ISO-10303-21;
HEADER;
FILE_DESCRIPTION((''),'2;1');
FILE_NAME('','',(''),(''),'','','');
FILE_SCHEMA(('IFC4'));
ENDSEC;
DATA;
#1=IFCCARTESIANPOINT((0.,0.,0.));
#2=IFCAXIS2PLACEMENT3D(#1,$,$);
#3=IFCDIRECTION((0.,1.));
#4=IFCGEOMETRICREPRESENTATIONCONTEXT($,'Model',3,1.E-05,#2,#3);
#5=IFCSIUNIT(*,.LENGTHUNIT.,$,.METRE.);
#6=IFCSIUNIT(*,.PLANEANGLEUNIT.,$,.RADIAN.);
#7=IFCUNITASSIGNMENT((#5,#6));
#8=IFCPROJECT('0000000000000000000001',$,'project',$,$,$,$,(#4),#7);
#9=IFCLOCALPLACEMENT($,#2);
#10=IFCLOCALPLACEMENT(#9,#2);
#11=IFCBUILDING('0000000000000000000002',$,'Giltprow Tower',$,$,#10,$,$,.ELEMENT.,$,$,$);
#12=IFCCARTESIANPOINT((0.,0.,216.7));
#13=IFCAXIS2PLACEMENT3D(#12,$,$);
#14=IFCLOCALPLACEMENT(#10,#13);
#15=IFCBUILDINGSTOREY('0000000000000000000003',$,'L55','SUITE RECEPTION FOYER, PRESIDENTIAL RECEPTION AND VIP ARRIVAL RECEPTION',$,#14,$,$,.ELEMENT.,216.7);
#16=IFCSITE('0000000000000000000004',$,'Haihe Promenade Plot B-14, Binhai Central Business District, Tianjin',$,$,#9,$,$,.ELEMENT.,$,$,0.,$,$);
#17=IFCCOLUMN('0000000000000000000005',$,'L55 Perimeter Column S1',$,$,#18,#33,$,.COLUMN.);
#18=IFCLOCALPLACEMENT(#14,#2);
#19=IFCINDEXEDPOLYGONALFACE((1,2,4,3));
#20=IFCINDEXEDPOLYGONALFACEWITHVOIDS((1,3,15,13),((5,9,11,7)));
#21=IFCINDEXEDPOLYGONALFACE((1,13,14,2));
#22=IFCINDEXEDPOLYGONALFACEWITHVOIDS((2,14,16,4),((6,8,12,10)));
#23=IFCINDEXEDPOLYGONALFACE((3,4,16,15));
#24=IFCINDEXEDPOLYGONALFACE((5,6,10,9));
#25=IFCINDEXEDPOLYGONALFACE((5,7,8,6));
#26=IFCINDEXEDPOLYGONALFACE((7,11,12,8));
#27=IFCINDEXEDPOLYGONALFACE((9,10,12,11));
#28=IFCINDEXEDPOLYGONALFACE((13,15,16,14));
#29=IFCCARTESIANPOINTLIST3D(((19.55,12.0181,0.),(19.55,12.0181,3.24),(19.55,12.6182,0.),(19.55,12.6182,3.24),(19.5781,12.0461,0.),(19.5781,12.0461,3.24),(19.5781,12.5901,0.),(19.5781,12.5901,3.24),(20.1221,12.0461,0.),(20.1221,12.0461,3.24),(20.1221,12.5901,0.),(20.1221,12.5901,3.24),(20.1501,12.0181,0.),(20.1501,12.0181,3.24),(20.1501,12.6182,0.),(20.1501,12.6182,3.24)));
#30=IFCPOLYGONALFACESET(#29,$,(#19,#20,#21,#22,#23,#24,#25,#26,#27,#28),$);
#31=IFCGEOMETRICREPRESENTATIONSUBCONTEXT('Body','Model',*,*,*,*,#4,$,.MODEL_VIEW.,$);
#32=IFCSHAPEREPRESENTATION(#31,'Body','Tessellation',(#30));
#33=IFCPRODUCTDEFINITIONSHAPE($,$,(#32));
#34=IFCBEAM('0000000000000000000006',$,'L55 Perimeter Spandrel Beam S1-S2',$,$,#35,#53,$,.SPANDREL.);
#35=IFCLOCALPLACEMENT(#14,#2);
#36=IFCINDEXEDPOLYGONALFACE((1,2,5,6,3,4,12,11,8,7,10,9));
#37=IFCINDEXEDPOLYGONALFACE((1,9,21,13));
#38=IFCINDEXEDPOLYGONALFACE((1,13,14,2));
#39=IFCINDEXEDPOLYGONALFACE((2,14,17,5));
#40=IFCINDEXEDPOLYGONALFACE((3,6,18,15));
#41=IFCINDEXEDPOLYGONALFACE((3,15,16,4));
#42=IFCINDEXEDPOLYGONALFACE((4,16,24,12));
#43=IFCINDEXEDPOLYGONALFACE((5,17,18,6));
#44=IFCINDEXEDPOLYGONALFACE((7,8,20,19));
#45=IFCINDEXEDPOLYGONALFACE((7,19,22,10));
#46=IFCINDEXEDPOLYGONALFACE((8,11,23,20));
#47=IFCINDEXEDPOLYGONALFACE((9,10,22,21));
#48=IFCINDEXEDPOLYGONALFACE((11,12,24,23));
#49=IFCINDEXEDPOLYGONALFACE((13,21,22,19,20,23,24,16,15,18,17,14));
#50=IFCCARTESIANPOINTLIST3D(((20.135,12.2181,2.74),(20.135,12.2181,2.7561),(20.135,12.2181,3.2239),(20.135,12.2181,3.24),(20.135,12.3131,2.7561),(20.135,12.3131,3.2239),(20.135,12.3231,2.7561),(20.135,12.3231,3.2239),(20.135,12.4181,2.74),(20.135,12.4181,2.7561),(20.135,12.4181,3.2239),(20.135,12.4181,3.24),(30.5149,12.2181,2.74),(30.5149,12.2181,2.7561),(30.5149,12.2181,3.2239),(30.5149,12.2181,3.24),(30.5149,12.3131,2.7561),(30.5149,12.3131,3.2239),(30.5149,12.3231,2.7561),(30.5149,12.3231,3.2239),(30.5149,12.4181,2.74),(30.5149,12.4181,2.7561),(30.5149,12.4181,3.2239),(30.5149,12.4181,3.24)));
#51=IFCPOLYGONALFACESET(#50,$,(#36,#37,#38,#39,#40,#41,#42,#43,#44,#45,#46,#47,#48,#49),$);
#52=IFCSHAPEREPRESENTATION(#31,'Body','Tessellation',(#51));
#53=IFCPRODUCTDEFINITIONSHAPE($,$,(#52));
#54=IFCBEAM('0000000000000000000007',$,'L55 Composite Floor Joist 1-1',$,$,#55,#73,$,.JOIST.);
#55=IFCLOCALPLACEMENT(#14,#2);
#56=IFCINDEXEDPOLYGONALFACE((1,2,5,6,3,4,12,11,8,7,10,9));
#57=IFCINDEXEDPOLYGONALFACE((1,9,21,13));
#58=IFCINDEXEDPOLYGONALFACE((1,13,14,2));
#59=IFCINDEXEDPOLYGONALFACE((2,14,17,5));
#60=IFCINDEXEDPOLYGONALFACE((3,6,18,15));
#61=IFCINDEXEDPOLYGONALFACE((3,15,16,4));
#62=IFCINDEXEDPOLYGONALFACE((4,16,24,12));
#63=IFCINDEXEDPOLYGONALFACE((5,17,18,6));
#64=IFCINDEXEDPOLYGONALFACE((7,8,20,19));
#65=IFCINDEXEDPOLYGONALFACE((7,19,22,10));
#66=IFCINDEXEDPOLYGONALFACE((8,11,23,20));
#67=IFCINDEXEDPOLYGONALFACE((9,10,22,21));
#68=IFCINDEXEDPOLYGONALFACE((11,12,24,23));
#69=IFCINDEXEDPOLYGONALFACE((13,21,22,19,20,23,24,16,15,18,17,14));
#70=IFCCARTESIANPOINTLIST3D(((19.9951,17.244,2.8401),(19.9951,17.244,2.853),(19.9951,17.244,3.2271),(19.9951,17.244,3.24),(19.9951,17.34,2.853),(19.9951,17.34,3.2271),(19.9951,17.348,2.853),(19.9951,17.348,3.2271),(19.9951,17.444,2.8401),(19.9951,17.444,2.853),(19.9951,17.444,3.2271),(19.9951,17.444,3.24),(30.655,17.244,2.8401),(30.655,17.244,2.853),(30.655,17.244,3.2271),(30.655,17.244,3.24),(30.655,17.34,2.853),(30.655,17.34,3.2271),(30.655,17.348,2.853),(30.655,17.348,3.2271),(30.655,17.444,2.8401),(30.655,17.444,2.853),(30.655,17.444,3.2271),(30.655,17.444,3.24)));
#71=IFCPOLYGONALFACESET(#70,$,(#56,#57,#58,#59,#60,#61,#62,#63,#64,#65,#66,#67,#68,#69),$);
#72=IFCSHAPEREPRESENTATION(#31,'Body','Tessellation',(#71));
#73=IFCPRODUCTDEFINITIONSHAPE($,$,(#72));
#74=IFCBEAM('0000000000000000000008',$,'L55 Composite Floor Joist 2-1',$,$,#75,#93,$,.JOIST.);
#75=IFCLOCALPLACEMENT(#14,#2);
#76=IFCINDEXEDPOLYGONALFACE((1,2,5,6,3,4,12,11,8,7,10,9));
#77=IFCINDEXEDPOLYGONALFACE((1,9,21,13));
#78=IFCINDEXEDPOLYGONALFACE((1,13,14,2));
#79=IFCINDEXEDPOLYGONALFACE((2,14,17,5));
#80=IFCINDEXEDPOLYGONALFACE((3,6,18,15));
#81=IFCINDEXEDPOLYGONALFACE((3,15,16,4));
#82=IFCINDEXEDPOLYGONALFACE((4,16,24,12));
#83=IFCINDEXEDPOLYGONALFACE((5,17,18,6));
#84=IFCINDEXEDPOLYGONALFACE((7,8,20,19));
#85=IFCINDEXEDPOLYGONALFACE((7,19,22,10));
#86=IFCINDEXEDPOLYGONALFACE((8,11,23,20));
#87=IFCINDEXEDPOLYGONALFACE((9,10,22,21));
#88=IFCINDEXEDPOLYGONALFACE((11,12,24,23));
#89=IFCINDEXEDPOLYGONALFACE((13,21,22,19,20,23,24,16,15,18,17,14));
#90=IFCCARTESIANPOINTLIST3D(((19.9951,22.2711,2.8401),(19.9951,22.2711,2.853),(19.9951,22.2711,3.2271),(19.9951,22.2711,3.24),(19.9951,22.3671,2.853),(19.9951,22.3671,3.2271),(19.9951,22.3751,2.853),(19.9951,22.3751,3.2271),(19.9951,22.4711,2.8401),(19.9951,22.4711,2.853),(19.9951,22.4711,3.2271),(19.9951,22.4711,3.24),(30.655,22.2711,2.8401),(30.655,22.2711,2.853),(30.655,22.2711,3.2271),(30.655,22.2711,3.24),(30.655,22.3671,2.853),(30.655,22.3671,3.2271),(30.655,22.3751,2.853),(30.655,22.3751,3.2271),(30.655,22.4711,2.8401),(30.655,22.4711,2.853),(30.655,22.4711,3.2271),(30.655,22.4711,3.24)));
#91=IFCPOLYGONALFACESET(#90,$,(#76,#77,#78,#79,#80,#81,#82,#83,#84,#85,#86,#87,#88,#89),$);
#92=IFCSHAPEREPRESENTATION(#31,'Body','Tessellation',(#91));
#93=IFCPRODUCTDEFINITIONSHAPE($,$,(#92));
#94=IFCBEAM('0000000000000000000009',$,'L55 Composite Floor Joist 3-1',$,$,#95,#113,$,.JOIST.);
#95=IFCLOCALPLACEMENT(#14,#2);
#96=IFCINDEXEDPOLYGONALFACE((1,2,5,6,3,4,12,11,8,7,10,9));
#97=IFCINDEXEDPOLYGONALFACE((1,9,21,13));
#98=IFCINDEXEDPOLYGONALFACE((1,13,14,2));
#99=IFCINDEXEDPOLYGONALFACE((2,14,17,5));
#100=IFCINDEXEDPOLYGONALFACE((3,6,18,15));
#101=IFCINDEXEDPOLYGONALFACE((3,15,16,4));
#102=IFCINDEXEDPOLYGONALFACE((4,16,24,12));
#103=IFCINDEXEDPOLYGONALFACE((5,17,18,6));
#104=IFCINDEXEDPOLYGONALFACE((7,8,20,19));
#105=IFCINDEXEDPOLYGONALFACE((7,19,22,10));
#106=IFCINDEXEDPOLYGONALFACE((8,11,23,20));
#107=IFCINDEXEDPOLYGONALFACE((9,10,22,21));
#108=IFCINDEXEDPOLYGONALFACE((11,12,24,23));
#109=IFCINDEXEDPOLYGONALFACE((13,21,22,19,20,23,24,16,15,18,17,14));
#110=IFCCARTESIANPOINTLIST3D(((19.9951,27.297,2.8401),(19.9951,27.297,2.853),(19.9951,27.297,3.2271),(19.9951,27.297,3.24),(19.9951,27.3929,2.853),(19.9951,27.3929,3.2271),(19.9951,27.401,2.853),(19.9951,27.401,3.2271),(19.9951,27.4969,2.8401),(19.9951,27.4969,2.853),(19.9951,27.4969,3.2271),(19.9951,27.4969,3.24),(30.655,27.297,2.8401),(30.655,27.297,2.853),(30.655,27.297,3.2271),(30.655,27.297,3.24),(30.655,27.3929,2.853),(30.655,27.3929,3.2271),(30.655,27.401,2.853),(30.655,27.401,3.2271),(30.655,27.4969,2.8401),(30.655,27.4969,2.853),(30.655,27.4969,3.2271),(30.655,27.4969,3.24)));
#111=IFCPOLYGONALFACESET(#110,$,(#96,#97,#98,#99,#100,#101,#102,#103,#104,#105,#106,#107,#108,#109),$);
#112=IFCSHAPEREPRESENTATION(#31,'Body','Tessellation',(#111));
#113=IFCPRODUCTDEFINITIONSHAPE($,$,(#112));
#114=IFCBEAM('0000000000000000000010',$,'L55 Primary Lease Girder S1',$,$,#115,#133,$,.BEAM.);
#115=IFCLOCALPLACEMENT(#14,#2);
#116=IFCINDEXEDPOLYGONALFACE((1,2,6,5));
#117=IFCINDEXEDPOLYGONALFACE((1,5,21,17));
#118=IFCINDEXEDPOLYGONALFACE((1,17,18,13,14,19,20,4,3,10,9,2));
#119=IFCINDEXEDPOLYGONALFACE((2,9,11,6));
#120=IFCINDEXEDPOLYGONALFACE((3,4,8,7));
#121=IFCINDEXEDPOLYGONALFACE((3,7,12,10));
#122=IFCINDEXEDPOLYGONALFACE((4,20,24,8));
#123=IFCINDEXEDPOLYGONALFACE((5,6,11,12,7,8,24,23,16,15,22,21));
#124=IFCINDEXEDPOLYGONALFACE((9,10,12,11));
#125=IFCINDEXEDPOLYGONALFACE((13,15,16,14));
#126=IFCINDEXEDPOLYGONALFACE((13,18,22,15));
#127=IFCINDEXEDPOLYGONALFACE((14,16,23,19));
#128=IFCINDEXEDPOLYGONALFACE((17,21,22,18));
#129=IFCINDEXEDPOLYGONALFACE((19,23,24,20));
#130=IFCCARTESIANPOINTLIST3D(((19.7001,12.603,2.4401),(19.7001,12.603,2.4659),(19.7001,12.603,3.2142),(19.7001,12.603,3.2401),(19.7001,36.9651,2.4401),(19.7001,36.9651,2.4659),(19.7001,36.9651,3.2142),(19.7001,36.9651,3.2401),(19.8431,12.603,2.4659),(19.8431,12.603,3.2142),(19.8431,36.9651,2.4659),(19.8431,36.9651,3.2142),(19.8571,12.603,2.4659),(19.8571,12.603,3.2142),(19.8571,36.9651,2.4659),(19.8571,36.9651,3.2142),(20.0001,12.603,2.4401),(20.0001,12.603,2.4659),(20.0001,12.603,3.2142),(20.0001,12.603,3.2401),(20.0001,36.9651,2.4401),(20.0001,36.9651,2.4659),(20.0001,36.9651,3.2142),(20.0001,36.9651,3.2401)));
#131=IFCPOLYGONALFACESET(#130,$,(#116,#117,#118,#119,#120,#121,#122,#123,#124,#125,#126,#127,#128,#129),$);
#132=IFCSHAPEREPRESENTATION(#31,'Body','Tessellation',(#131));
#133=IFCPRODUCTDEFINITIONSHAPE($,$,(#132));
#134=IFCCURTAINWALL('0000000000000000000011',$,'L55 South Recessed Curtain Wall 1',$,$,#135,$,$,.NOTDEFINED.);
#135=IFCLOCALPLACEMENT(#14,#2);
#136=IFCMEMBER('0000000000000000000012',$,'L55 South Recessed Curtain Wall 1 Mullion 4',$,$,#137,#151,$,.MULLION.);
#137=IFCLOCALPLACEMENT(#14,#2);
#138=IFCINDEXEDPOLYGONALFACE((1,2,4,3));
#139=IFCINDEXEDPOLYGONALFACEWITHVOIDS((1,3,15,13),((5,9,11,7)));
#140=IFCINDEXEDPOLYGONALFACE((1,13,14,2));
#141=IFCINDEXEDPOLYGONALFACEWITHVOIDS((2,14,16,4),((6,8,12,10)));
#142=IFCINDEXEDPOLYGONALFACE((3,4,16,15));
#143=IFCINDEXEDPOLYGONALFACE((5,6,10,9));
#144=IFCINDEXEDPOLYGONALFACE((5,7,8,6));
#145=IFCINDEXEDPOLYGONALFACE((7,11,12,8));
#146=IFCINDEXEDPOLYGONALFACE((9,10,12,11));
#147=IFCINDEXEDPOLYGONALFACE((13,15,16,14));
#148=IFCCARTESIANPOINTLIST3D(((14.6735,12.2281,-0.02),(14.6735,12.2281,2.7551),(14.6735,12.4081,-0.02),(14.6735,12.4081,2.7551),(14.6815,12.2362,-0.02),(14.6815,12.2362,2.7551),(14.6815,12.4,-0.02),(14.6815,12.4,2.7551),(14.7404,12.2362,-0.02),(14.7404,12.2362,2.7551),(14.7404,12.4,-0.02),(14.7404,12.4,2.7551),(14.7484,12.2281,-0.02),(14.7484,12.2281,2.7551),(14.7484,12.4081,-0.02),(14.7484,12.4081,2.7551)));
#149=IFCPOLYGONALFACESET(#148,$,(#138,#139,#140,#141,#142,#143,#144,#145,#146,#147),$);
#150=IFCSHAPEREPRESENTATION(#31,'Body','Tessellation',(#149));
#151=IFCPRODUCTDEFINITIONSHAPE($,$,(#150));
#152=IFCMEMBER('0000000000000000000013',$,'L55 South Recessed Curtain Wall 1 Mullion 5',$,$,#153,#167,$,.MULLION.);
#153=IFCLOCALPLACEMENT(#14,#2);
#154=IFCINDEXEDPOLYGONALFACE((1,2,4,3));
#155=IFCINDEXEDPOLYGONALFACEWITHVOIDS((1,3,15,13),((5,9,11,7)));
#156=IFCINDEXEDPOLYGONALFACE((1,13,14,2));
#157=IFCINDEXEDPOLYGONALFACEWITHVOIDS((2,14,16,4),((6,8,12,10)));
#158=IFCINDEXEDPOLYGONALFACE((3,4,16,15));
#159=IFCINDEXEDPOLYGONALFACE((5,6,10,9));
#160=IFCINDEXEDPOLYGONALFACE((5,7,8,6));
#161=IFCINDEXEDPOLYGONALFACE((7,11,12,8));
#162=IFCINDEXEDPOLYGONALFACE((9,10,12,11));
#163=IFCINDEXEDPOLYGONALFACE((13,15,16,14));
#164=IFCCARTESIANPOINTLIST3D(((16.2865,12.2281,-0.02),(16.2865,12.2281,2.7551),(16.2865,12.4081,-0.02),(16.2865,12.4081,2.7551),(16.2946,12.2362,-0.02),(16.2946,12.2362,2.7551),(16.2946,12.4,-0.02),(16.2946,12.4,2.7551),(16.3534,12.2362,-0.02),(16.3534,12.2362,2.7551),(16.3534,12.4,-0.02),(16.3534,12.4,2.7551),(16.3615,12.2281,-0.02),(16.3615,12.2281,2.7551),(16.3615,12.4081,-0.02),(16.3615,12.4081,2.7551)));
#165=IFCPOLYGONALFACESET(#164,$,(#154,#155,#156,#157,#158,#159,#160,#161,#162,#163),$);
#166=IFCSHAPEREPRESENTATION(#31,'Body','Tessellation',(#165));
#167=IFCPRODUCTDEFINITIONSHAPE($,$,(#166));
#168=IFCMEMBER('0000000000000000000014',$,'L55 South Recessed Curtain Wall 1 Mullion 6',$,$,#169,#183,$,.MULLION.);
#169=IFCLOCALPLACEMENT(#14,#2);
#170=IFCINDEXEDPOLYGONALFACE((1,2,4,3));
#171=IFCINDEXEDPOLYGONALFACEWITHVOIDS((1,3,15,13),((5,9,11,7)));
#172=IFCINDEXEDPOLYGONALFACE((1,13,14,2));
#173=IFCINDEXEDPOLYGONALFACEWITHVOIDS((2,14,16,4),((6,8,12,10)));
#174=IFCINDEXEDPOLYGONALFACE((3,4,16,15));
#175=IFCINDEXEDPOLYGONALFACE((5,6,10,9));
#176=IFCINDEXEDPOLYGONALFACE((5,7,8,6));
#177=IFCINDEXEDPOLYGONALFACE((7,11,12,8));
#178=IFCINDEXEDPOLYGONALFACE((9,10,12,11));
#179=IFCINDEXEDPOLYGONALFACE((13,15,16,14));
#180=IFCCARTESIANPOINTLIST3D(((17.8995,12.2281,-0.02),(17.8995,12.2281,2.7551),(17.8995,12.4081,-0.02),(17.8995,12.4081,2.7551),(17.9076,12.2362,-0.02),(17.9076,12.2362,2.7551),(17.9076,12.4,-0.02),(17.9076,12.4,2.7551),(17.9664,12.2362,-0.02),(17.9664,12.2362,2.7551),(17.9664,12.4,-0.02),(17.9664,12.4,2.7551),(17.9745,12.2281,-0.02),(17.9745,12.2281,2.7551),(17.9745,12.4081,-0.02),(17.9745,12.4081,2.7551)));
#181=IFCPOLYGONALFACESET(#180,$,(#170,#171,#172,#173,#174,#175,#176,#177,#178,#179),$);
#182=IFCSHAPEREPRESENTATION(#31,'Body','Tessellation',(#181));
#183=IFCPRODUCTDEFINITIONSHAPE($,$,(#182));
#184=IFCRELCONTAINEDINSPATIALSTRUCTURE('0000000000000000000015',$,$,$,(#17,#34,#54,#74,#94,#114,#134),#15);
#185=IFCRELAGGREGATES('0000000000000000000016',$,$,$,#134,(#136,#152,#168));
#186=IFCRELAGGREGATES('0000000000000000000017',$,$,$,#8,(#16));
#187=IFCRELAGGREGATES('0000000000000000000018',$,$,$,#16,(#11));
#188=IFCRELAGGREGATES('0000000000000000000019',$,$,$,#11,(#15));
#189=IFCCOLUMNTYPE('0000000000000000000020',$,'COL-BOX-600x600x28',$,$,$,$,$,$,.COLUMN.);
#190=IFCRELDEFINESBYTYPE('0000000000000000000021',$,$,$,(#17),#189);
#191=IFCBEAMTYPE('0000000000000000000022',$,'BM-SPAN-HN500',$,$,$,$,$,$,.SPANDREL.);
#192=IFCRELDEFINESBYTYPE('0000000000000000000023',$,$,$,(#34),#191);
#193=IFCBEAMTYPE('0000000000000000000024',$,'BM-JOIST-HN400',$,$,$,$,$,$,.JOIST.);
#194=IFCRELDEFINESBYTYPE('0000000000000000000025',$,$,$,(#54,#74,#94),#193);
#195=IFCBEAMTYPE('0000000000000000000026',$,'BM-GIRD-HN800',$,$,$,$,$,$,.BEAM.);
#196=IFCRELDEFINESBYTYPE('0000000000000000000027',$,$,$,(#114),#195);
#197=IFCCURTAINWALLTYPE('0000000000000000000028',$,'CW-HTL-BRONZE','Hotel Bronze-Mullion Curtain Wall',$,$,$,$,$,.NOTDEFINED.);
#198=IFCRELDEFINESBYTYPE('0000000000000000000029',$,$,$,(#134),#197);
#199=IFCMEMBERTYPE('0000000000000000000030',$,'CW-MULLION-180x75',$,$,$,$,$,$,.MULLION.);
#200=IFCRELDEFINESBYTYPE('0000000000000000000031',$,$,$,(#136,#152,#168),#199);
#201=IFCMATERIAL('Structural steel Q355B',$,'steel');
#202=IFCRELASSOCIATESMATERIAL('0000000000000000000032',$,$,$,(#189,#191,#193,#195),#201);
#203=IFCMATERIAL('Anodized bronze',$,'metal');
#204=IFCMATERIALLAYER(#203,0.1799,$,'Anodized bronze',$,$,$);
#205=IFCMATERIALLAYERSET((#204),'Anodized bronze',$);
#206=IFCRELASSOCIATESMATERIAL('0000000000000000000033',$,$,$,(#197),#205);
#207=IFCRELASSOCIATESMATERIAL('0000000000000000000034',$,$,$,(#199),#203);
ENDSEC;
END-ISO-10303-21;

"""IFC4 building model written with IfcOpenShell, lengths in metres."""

from ifc_helpers import new_model, si_unit, direction, frame, origin, origin_2d, place, context, subcontext, project, spatial, hollow_rectangle, i_section, extrude, source, transform, mapped, material, layer, layer_set, material_profile, profile_set, type_object, element, aggregate, save


model = new_model("IFC4")

# Units and contexts
model_context = context("Model", 3, precision=1e-05, world=origin(), true_north=direction((0.0, 1.0)))
body_context = subcontext(model_context, "Body", "Model", "MODEL_VIEW")
ifc_project = project(units=[si_unit("LENGTHUNIT", "METRE"), si_unit("PLANEANGLEUNIT", "RADIAN")], contexts=[model_context])

# Site, building, storey
site_placement = place(None, origin())
site = spatial("IfcSite", under=ifc_project, at=site_placement, Name="Haihe Promenade Plot B-14, Binhai Central Business District, Tianjin", CompositionType="ELEMENT", RefElevation=0.0)
building_placement = place(site_placement, origin())
building = spatial("IfcBuilding", under=site, at=building_placement, Name="Giltprow Tower", CompositionType="ELEMENT")
storey_placement = place(building_placement, frame((0.0, 0.0, 216.7)))
storey = spatial("IfcBuildingStorey", under=building, at=storey_placement, Name="L55", Description="SUITE RECEPTION FOYER, PRESIDENTIAL RECEPTION AND VIP ARRIVAL RECEPTION", CompositionType="ELEMENT", Elevation=216.7)

# Column
ifc_material_1 = material(Name="Structural steel Q355B", Category="steel")
ifc_material_profile_1 = material_profile(ifc_material_1, hollow_rectangle(XDim=0.6001, YDim=0.6001, WallThickness=0.0281, at=origin_2d()), Name="BOX 600x600x28")
ifc_profile_set_1 = profile_set([ifc_material_profile_1], Name="Structural steel Q355B")
column_type = type_object("IfcColumnType", Name="COL-BOX-600x600x28", PredefinedType="COLUMN", material=ifc_profile_set_1)
shared_shape_1 = source(origin(), body_context, "Body", "SweptSolid", [
    extrude(hollow_rectangle(XDim=0.6001, YDim=0.6001, WallThickness=0.0281, at=origin_2d()), origin(), (0.0, 0.0, 1.0), 3.24),
])
column_placement = place(storey_placement, frame((19.8501, 12.3181, 0.0), z_axis=(0.0, 0.0, 1.0), x_axis=(1.0, 0.0, 0.0)))
element("IfcColumn", 1, at=column_placement, inside=storey, type_object=column_type, Name="L55 Perimeter Column S1", PredefinedType="COLUMN", context=body_context, shape_type="MappedRepresentation", body=[
    mapped(shared_shape_1, transform((0.0, 0.0, 0.0), x_axis=(1.0, 0.0, 0.0), y_axis=(0.0, 1.0, 0.0), z_axis=(0.0, 0.0, 1.0), scale=1.0)),
])

# Beams
ifc_material_profile_2 = material_profile(ifc_material_1, i_section(OverallWidth=0.2, OverallDepth=0.5, WebThickness=0.01, FlangeThickness=0.0161, at=origin_2d()), Name="HN 500x200x10x16")
ifc_profile_set_2 = profile_set([ifc_material_profile_2], Name="Structural steel Q355B")
beam_type_1 = type_object("IfcBeamType", Name="BM-SPAN-HN500", PredefinedType="SPANDREL", material=ifc_profile_set_2)
shared_shape_2 = source(origin(), body_context, "Body", "SweptSolid", [
    extrude(i_section(OverallWidth=0.2, OverallDepth=0.5, WebThickness=0.01, FlangeThickness=0.0161, at=origin_2d()), origin(), (0.0, 0.0, 1.0), 10.3799),
])
beam_1_placement = place(storey_placement, frame((20.135, 12.3181, 2.99), z_axis=(1.0, 0.0, 0.0), x_axis=(0.0, 1.0, 0.0)))
element("IfcBeam", 2, at=beam_1_placement, inside=storey, type_object=beam_type_1, Name="L55 Perimeter Spandrel Beam S1-S2", PredefinedType="SPANDREL", context=body_context, shape_type="MappedRepresentation", body=[
    mapped(shared_shape_2, transform((0.0, 0.0, 0.0), x_axis=(1.0, 0.0, 0.0), y_axis=(0.0, 1.0, 0.0), z_axis=(0.0, 0.0, 1.0), scale=1.0)),
])
ifc_material_profile_3 = material_profile(ifc_material_1, i_section(OverallWidth=0.2, OverallDepth=0.3999, WebThickness=0.0081, FlangeThickness=0.0129, at=origin_2d()), Name="HN 400x200x8x13")
ifc_profile_set_3 = profile_set([ifc_material_profile_3], Name="Structural steel Q355B")
beam_type_2 = type_object("IfcBeamType", Name="BM-JOIST-HN400", PredefinedType="JOIST", material=ifc_profile_set_3)
shared_shape_3 = source(origin(), body_context, "Body", "SweptSolid", [
    extrude(i_section(OverallWidth=0.2, OverallDepth=0.3999, WebThickness=0.0081, FlangeThickness=0.0129, at=origin_2d()), origin(), (0.0, 0.0, 1.0), 10.6599),
])
for number, where, z_axis, x_axis, name in (
    (3, (19.9951, 17.344, 3.04), (1.0, 0.0, 0.0), (0.0, 1.0, 0.0), "L55 Composite Floor Joist 1-1"),
    (4, (19.9951, 22.3711, 3.04), (1.0, 0.0, 0.0), (0.0, 1.0, 0.0), "L55 Composite Floor Joist 2-1"),
    (5, (19.9951, 27.397, 3.04), (1.0, 0.0, 0.0), (0.0, 1.0, 0.0), "L55 Composite Floor Joist 3-1"),
):
    element("IfcBeam", number, at=place(storey_placement, frame(where, z_axis=z_axis, x_axis=x_axis)), inside=storey, type_object=beam_type_2, Name=name, PredefinedType="JOIST", context=body_context, shape_type="MappedRepresentation", body=[
        mapped(shared_shape_3, transform((0.0, 0.0, 0.0), x_axis=(1.0, 0.0, 0.0), y_axis=(0.0, 1.0, 0.0), z_axis=(0.0, 0.0, 1.0), scale=1.0)),
    ])
ifc_material_profile_4 = material_profile(ifc_material_1, i_section(OverallWidth=0.3, OverallDepth=0.8, WebThickness=0.0139, FlangeThickness=0.0259, at=origin_2d()), Name="HN 800x300x14x26")
ifc_profile_set_4 = profile_set([ifc_material_profile_4], Name="Structural steel Q355B")
beam_type_3 = type_object("IfcBeamType", Name="BM-GIRD-HN800", PredefinedType="BEAM", material=ifc_profile_set_4)
shared_shape_4 = source(origin(), body_context, "Body", "SweptSolid", [
    extrude(i_section(OverallWidth=0.3, OverallDepth=0.8, WebThickness=0.0139, FlangeThickness=0.0259, at=origin_2d()), origin(), (0.0, 0.0, 1.0), 24.3621),
])
beam_2_placement = place(storey_placement, frame((19.8501, 12.603, 2.8401), z_axis=(0.0, 1.0, 0.0), x_axis=(-1.0, 0.0, 0.0)))
element("IfcBeam", 6, at=beam_2_placement, inside=storey, type_object=beam_type_3, Name="L55 Primary Lease Girder S1", PredefinedType="BEAM", context=body_context, shape_type="MappedRepresentation", body=[
    mapped(shared_shape_4, transform((0.0, 0.0, 0.0), x_axis=(1.0, 0.0, 0.0), y_axis=(0.0, 1.0, 0.0), z_axis=(0.0, 0.0, 1.0), scale=1.0)),
])

# Curtain wall, members
ifc_material_2 = material(Name="Anodized bronze", Category="metal")
ifc_layer = layer(ifc_material_2, 0.1799, Name="Anodized bronze")
ifc_layer_set = layer_set([ifc_layer], Name="Anodized bronze")
curtain_wall_type = type_object("IfcCurtainWallType", Name="CW-HTL-BRONZE", Description="Hotel Bronze-Mullion Curtain Wall", PredefinedType="NOTDEFINED", material=ifc_layer_set)
curtain_wall_placement = place(storey_placement, origin())
curtain_wall = element("IfcCurtainWall", 7, at=curtain_wall_placement, inside=storey, type_object=curtain_wall_type, Name="L55 South Recessed Curtain Wall 1", PredefinedType="NOTDEFINED")
ifc_material_profile_5 = material_profile(ifc_material_2, hollow_rectangle(XDim=0.075, YDim=0.1799, WallThickness=0.0081, at=origin_2d()), Name="RHS 180x75x8")
ifc_profile_set_5 = profile_set([ifc_material_profile_5], Name="Anodized bronze")
member_type = type_object("IfcMemberType", Name="CW-MULLION-180x75", PredefinedType="MULLION", material=ifc_profile_set_5)
shared_shape_5 = source(origin(), body_context, "Body", "SweptSolid", [
    extrude(hollow_rectangle(XDim=0.075, YDim=0.1799, WallThickness=0.0081, at=origin_2d()), origin(), (0.0, 0.0, 1.0), 2.7751),
])
member_1_placement = place(storey_placement, frame((14.7109, 12.3181, -0.02), z_axis=(0.0, 0.0, 1.0), x_axis=(1.0, 0.0, 0.0)))
member_1 = element("IfcMember", 8, at=member_1_placement, type_object=member_type, Name="L55 South Recessed Curtain Wall 1 Mullion 4", PredefinedType="MULLION", context=body_context, shape_type="MappedRepresentation", body=[
    mapped(shared_shape_5, transform((0.0, 0.0, 0.0), x_axis=(1.0, 0.0, 0.0), y_axis=(0.0, 1.0, 0.0), z_axis=(0.0, 0.0, 1.0), scale=1.0)),
])
member_2_placement = place(storey_placement, frame((16.324, 12.3181, -0.02), z_axis=(0.0, 0.0, 1.0), x_axis=(1.0, 0.0, 0.0)))
member_2 = element("IfcMember", 9, at=member_2_placement, type_object=member_type, Name="L55 South Recessed Curtain Wall 1 Mullion 5", PredefinedType="MULLION", context=body_context, shape_type="MappedRepresentation", body=[
    mapped(shared_shape_5, transform((0.0, 0.0, 0.0), x_axis=(1.0, 0.0, 0.0), y_axis=(0.0, 1.0, 0.0), z_axis=(0.0, 0.0, 1.0), scale=1.0)),
])
member_3_placement = place(storey_placement, frame((17.937, 12.3181, -0.02), z_axis=(0.0, 0.0, 1.0), x_axis=(1.0, 0.0, 0.0)))
member_3 = element("IfcMember", 10, at=member_3_placement, type_object=member_type, Name="L55 South Recessed Curtain Wall 1 Mullion 6", PredefinedType="MULLION", context=body_context, shape_type="MappedRepresentation", body=[
    mapped(shared_shape_5, transform((0.0, 0.0, 0.0), x_axis=(1.0, 0.0, 0.0), y_axis=(0.0, 1.0, 0.0), z_axis=(0.0, 0.0, 1.0), scale=1.0)),
])
aggregate(curtain_wall, [member_1, member_2, member_3])

save(model, "model.ifc")
